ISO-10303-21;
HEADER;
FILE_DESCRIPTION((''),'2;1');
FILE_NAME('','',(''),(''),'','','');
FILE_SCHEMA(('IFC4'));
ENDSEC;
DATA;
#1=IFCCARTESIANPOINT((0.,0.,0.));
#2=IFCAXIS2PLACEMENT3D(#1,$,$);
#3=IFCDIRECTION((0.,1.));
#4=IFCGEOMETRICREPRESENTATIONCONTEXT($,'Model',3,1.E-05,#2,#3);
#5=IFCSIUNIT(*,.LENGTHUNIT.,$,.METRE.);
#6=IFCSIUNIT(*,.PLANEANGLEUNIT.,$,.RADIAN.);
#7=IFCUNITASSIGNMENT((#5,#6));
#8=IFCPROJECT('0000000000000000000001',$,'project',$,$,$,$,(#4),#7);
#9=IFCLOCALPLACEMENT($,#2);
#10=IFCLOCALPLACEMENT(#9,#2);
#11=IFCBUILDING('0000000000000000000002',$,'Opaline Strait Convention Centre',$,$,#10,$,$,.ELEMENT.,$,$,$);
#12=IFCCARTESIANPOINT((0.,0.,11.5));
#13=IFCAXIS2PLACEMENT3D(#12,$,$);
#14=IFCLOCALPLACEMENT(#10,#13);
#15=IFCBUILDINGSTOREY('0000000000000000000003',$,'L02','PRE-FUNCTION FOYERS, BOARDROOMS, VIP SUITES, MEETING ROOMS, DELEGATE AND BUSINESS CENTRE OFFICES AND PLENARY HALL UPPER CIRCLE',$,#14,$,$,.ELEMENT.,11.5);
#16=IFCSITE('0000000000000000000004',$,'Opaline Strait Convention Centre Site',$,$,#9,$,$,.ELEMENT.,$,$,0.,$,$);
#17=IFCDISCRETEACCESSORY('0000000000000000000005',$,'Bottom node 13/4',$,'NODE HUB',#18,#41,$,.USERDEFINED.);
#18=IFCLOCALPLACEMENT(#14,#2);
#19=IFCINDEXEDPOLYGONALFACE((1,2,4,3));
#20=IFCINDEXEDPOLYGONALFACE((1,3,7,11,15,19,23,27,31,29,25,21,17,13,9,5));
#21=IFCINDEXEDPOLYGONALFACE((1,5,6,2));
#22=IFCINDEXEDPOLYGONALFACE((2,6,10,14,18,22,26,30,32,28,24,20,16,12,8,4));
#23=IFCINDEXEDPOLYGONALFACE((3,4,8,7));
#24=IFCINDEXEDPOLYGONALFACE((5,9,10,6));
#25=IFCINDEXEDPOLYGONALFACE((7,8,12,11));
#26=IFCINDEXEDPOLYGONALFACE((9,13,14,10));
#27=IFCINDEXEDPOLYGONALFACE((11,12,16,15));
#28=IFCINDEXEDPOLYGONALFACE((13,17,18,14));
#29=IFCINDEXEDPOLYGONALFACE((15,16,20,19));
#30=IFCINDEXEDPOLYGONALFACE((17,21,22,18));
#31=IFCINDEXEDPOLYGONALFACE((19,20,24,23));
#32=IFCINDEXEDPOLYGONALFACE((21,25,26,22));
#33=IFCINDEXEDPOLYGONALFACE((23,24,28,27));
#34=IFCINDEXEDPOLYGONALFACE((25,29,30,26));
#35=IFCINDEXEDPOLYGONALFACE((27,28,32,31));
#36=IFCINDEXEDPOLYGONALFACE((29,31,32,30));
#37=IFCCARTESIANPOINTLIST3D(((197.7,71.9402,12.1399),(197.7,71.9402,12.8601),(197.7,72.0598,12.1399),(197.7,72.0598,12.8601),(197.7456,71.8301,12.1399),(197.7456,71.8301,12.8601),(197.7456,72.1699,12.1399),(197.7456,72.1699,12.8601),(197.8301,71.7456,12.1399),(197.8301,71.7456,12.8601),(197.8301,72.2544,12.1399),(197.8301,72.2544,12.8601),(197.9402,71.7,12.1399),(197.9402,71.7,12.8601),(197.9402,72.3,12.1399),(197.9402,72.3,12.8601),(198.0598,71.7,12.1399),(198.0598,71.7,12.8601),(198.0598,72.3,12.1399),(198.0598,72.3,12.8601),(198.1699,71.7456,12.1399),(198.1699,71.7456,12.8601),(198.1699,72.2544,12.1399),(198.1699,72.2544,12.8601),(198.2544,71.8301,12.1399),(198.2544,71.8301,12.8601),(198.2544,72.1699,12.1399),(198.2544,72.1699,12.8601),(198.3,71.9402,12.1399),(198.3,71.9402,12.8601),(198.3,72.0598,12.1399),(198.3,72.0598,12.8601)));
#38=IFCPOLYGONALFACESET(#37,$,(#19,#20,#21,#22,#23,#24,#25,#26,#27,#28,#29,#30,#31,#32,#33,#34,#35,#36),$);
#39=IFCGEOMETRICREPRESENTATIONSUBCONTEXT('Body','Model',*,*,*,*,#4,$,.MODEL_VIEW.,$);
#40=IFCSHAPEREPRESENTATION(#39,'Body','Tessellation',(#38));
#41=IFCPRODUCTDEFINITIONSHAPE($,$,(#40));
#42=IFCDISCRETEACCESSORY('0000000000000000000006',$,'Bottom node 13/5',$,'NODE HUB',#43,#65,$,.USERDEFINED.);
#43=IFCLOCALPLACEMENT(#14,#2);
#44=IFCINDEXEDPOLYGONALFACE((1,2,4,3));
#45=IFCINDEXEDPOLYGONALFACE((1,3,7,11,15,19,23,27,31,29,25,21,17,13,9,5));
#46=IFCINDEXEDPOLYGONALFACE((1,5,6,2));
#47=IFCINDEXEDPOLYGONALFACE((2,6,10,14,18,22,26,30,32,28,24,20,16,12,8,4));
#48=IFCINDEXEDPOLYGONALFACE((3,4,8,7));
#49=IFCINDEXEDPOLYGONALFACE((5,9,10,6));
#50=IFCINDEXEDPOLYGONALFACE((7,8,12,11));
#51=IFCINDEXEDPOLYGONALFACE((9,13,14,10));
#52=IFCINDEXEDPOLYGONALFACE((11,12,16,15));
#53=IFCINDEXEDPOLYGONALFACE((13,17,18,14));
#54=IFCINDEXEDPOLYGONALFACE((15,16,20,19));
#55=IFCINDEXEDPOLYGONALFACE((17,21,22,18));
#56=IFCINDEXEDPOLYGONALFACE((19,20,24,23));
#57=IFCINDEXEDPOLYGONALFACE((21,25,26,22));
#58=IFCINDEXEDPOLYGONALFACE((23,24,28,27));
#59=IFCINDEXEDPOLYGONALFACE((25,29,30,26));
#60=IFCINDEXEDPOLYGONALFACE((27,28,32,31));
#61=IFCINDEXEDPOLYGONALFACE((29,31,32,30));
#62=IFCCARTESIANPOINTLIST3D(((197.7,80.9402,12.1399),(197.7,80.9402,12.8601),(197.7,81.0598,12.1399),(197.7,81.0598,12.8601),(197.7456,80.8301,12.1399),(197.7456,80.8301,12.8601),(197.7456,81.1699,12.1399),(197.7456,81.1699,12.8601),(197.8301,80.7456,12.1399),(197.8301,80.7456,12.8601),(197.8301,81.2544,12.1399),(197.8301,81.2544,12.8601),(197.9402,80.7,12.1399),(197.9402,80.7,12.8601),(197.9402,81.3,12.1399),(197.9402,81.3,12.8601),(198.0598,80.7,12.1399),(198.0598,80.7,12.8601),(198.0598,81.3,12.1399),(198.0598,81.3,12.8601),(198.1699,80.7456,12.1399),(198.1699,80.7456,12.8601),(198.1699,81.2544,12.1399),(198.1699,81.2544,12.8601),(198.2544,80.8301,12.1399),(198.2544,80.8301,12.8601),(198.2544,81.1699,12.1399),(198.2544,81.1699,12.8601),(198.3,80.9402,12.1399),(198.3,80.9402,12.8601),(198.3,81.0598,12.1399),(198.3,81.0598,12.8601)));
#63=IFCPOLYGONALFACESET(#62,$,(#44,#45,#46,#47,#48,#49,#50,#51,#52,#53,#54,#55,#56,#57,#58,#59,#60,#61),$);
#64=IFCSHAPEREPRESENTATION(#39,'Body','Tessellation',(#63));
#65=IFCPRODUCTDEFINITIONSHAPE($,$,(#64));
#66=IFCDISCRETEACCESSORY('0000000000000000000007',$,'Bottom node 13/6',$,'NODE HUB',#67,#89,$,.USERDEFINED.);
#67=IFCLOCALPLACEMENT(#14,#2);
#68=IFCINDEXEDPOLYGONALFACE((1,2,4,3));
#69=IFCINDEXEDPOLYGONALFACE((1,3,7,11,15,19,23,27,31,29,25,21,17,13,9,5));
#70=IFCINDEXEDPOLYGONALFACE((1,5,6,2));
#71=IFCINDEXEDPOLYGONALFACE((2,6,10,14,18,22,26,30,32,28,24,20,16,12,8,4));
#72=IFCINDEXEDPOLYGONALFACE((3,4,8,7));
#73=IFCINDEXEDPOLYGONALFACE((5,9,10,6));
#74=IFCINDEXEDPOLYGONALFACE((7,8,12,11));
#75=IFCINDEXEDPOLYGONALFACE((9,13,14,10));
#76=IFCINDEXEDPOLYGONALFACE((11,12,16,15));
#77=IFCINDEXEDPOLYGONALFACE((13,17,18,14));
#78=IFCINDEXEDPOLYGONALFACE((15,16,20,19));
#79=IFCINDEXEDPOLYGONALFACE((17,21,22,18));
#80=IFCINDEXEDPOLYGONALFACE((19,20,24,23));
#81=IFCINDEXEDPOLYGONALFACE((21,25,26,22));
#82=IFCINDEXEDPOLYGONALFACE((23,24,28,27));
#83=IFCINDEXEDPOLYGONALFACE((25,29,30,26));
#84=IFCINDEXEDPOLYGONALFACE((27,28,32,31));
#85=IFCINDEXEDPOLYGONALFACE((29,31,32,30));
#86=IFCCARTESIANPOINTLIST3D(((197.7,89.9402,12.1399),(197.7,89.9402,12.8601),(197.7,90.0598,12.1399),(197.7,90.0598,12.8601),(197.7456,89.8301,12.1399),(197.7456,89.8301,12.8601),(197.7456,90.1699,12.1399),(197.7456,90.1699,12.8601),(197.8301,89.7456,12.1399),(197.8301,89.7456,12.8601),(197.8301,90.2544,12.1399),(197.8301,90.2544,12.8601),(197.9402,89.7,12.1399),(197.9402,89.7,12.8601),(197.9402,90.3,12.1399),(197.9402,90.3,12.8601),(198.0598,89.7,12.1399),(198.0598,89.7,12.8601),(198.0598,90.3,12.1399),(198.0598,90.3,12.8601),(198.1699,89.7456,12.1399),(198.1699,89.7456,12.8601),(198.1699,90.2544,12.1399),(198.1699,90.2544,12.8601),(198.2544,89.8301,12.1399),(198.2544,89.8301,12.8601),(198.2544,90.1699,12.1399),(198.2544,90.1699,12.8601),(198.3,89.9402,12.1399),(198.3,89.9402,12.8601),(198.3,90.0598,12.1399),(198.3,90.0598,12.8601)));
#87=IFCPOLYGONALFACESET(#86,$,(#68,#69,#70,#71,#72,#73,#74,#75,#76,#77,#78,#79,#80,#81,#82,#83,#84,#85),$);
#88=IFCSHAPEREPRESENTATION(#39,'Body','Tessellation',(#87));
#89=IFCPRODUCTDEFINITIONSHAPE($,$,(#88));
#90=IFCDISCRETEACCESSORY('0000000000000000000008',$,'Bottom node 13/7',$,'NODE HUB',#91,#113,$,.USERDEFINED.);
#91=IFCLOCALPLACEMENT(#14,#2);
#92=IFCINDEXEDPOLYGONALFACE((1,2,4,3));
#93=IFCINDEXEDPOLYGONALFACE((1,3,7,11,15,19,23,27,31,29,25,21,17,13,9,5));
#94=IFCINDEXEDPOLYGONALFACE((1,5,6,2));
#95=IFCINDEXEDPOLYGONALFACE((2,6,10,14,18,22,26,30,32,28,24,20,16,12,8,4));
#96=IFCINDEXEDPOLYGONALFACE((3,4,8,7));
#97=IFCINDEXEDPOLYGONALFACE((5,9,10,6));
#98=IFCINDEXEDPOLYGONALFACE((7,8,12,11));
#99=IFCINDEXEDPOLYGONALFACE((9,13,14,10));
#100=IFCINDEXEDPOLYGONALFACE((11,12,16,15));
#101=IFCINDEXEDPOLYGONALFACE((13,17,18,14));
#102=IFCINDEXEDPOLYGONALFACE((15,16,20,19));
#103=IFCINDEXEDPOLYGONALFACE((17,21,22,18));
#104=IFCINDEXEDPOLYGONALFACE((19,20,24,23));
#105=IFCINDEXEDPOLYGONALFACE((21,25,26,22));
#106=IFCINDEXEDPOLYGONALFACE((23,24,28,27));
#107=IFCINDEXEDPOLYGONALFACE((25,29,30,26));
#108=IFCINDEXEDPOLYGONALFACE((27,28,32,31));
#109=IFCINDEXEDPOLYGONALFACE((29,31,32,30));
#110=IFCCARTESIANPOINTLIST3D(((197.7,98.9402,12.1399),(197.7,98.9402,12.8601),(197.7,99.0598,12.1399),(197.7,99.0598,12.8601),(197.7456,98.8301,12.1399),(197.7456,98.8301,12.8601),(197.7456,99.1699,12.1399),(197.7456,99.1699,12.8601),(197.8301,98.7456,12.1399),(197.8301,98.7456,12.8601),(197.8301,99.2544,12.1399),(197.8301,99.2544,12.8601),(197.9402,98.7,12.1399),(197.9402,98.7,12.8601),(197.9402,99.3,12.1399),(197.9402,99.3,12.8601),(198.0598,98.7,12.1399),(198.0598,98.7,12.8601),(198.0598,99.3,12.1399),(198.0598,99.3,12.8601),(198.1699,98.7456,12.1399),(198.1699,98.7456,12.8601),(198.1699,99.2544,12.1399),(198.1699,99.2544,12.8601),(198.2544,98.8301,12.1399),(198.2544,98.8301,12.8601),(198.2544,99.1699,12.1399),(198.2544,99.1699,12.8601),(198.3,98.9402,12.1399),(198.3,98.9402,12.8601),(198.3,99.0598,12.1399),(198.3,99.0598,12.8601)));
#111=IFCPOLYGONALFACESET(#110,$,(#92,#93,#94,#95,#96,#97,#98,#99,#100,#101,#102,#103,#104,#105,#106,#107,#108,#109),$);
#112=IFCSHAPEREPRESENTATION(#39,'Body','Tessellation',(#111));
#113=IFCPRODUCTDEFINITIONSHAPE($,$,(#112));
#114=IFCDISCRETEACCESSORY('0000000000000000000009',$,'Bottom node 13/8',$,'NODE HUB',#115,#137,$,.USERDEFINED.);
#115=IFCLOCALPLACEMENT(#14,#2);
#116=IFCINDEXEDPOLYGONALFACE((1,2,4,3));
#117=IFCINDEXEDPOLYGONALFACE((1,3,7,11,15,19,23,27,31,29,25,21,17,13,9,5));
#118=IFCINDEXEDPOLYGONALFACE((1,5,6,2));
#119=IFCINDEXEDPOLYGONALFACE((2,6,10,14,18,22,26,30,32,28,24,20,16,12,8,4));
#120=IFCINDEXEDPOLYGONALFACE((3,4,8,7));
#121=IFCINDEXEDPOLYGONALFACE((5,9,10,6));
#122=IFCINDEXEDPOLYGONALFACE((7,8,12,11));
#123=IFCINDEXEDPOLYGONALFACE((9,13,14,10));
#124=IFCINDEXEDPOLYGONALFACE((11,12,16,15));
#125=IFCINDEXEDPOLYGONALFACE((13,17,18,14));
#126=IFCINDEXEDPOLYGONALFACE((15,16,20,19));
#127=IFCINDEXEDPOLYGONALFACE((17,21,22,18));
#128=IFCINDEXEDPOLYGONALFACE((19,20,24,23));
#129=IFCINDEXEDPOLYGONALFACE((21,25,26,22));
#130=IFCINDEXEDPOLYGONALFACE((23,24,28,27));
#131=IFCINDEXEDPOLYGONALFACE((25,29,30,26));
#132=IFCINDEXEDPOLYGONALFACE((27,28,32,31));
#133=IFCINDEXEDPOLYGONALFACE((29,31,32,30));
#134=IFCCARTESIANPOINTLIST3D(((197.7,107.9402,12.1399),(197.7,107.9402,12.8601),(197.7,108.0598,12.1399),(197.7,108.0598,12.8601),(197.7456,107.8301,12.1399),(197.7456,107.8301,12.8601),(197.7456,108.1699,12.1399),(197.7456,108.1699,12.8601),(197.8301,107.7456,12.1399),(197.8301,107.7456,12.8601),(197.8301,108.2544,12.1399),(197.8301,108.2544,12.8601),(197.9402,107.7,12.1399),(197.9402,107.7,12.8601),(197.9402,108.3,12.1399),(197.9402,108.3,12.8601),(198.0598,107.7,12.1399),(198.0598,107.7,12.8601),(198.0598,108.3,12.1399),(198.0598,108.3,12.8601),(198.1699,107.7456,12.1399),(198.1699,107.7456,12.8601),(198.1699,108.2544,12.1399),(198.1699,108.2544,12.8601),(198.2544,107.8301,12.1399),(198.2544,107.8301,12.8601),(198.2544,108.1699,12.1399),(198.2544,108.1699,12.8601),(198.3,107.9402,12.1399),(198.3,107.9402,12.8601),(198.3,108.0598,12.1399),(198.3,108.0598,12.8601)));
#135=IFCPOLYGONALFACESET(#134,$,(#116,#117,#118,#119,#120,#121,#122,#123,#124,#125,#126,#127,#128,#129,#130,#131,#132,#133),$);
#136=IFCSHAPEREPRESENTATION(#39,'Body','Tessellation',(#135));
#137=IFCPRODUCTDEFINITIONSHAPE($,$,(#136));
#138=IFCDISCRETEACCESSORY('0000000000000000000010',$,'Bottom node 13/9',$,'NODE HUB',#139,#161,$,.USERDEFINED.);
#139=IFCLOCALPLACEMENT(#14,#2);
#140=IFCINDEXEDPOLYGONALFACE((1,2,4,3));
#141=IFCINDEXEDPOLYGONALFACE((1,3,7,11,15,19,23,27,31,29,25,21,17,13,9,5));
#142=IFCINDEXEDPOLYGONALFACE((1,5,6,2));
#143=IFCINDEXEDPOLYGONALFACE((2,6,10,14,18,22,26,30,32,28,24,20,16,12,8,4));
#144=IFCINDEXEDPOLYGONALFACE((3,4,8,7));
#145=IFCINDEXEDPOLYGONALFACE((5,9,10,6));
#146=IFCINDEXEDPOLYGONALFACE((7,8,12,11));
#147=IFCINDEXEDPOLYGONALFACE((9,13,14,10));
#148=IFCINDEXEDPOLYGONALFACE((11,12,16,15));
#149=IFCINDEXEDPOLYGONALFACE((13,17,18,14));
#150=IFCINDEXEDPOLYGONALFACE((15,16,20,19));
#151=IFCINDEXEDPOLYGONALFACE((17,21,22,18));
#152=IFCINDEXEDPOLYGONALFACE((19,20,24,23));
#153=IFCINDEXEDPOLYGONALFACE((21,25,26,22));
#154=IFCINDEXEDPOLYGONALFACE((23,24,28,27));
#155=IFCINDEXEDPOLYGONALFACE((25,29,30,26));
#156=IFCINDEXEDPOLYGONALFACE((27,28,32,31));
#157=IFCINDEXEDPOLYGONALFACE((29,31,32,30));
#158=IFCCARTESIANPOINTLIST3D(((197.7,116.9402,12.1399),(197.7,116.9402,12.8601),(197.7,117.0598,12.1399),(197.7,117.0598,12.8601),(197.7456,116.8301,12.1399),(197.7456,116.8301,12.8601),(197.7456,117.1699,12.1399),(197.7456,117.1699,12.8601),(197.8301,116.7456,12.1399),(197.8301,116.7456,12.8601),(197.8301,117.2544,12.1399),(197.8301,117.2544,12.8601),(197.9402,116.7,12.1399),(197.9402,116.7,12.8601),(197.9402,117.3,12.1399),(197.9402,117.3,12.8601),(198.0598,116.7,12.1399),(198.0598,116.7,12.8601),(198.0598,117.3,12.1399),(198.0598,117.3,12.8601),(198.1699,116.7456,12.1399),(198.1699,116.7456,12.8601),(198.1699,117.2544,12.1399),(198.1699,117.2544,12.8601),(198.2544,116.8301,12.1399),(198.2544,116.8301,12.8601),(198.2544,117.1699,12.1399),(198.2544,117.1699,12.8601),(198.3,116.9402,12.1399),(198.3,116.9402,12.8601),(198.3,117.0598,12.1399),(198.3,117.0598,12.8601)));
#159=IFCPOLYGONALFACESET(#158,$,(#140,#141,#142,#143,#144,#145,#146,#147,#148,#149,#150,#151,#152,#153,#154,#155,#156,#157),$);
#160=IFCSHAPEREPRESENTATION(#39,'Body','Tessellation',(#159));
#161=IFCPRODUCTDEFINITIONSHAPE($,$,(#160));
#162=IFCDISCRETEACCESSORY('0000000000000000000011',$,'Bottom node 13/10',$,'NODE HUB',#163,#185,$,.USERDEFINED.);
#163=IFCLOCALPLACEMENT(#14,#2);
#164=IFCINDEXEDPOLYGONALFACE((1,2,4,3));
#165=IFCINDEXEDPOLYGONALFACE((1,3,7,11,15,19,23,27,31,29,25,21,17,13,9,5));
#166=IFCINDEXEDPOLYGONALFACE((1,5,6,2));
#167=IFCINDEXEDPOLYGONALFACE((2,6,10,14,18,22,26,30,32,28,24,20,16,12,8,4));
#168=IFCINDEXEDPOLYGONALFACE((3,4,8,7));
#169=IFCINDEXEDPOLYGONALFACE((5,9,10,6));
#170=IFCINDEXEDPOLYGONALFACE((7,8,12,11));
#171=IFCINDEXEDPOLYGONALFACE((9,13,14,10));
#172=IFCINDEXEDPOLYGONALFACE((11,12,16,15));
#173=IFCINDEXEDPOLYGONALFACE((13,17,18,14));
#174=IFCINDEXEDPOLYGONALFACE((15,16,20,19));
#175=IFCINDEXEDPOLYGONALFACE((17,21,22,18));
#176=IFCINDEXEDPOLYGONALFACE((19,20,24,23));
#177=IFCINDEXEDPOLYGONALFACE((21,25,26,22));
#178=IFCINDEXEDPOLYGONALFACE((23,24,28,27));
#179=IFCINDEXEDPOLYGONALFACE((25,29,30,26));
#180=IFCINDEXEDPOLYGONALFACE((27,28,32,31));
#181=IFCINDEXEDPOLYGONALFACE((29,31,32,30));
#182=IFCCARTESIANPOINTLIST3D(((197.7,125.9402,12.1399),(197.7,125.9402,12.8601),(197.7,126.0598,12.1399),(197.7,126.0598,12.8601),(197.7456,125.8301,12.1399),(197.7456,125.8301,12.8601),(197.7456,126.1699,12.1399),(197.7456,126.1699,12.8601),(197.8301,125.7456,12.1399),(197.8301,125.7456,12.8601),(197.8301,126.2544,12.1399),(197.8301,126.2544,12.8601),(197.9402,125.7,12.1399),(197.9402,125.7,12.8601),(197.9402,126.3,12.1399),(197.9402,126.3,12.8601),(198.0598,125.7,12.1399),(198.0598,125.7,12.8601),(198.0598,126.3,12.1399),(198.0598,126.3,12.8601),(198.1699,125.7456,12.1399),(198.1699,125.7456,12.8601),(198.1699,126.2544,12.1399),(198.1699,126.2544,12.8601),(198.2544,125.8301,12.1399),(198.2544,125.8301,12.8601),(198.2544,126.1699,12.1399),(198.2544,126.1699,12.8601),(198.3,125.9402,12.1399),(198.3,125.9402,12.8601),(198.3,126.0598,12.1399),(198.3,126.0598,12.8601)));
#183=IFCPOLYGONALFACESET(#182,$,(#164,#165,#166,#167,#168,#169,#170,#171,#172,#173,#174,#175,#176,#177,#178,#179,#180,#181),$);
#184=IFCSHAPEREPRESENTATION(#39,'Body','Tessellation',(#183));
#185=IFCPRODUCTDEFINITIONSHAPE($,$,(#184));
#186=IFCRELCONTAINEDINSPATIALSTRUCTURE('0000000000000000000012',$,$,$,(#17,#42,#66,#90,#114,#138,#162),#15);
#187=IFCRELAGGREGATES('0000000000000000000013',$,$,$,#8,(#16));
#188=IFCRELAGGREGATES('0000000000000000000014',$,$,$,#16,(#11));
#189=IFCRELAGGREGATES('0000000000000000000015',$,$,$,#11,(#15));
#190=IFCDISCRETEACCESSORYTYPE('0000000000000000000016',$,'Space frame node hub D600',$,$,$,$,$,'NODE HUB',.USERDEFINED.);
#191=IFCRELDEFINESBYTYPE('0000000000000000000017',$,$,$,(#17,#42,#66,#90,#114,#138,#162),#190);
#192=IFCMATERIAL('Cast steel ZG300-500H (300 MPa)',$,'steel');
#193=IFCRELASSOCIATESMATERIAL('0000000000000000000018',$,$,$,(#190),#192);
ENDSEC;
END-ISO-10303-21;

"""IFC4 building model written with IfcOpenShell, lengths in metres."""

from ifc_helpers import new_model, si_unit, direction, frame, origin, place, context, subcontext, project, spatial, polyline, outline, extrude, material, type_object, element, save


model = new_model("IFC4")

# Units and contexts
model_context = context("Model", 3, precision=1e-05, world=origin(), true_north=direction((0.0, 1.0)))
body_context = subcontext(model_context, "Body", "Model", "MODEL_VIEW")
ifc_project = project(units=[si_unit("LENGTHUNIT", "METRE"), si_unit("PLANEANGLEUNIT", "RADIAN")], contexts=[model_context])

# Site, building, storey
site_placement = place(None, origin())
site = spatial("IfcSite", under=ifc_project, at=site_placement, Name="Opaline Strait Convention Centre Site", CompositionType="ELEMENT", RefElevation=0.0)
building_placement = place(site_placement, origin())
building = spatial("IfcBuilding", under=site, at=building_placement, Name="Opaline Strait Convention Centre", CompositionType="ELEMENT")
storey_placement = place(building_placement, frame((0.0, 0.0, 11.5)))
storey = spatial("IfcBuildingStorey", under=building, at=storey_placement, Name="L02", Description="PRE-FUNCTION FOYERS, BOARDROOMS, VIP SUITES, MEETING ROOMS, DELEGATE AND BUSINESS CENTRE OFFICES AND PLENARY HALL UPPER CIRCLE", CompositionType="ELEMENT", Elevation=11.5)

# Discrete accessories
ifc_material = material(Name="Cast steel ZG300-500H (300 MPa)", Category="steel")
discrete_accessory_type_1 = type_object("IfcDiscreteAccessoryType", Name="Space frame node hub D600", ElementType="NODE HUB", PredefinedType="USERDEFINED", material=ifc_material)
discrete_accessory_1_placement = place(storey_placement, frame((0.0, 0.0, 12.1399)))
element("IfcDiscreteAccessory", 1, at=discrete_accessory_1_placement, inside=storey, type_object=discrete_accessory_type_1, Name="Bottom node 13/4", ObjectType="NODE HUB", PredefinedType="USERDEFINED", context=body_context, shape_type="SweptSolid", body=[
    extrude(outline(polyline([(198.3, 72.0598), (198.2544, 72.1699), (198.1699, 72.2544), (198.0598, 72.3), (197.9402, 72.3), (197.8301, 72.2544), (197.7456, 72.1699), (197.7, 72.0598), (197.7, 71.9402), (197.7456, 71.8301), (197.8301, 71.7456), (197.9402, 71.7), (198.0598, 71.7), (198.1699, 71.7456), (198.2544, 71.8301), (198.3, 71.9402), (198.3, 72.0598)])), origin(), (0.0, 0.0, 1.0), 0.7202),
])
discrete_accessory_2_placement = place(storey_placement, frame((0.0, 0.0, 12.1399)))
element("IfcDiscreteAccessory", 2, at=discrete_accessory_2_placement, inside=storey, type_object=discrete_accessory_type_1, Name="Bottom node 13/5", ObjectType="NODE HUB", PredefinedType="USERDEFINED", context=body_context, shape_type="SweptSolid", body=[
    extrude(outline(polyline([(198.3, 81.0598), (198.2544, 81.1699), (198.1699, 81.2544), (198.0598, 81.3), (197.9402, 81.3), (197.8301, 81.2544), (197.7456, 81.1699), (197.7, 81.0598), (197.7, 80.9402), (197.7456, 80.8301), (197.8301, 80.7456), (197.9402, 80.7), (198.0598, 80.7), (198.1699, 80.7456), (198.2544, 80.8301), (198.3, 80.9402), (198.3, 81.0598)])), origin(), (0.0, 0.0, 1.0), 0.7202),
])
discrete_accessory_3_placement = place(storey_placement, frame((0.0, 0.0, 12.1399)))
element("IfcDiscreteAccessory", 3, at=discrete_accessory_3_placement, inside=storey, type_object=discrete_accessory_type_1, Name="Bottom node 13/6", ObjectType="NODE HUB", PredefinedType="USERDEFINED", context=body_context, shape_type="SweptSolid", body=[
    extrude(outline(polyline([(198.3, 90.0598), (198.2544, 90.1699), (198.1699, 90.2544), (198.0598, 90.3), (197.9402, 90.3), (197.8301, 90.2544), (197.7456, 90.1699), (197.7, 90.0598), (197.7, 89.9402), (197.7456, 89.8301), (197.8301, 89.7456), (197.9402, 89.7), (198.0598, 89.7), (198.1699, 89.7456), (198.2544, 89.8301), (198.3, 89.9402), (198.3, 90.0598)])), origin(), (0.0, 0.0, 1.0), 0.7202),
])
discrete_accessory_4_placement = place(storey_placement, frame((0.0, 0.0, 12.1399)))
element("IfcDiscreteAccessory", 4, at=discrete_accessory_4_placement, inside=storey, type_object=discrete_accessory_type_1, Name="Bottom node 13/7", ObjectType="NODE HUB", PredefinedType="USERDEFINED", context=body_context, shape_type="SweptSolid", body=[
    extrude(outline(polyline([(198.3, 99.0598), (198.2544, 99.1699), (198.1699, 99.2544), (198.0598, 99.3), (197.9402, 99.3), (197.8301, 99.2544), (197.7456, 99.1699), (197.7, 99.0598), (197.7, 98.9402), (197.7456, 98.8301), (197.8301, 98.7456), (197.9402, 98.7), (198.0598, 98.7), (198.1699, 98.7456), (198.2544, 98.8301), (198.3, 98.9402), (198.3, 99.0598)])), origin(), (0.0, 0.0, 1.0), 0.7202),
])
discrete_accessory_5_placement = place(storey_placement, frame((0.0, 0.0, 12.1399)))
element("IfcDiscreteAccessory", 5, at=discrete_accessory_5_placement, inside=storey, type_object=discrete_accessory_type_1, Name="Bottom node 13/8", ObjectType="NODE HUB", PredefinedType="USERDEFINED", context=body_context, shape_type="SweptSolid", body=[
    extrude(outline(polyline([(198.3, 108.0598), (198.2544, 108.1699), (198.1699, 108.2544), (198.0598, 108.3), (197.9402, 108.3), (197.8301, 108.2544), (197.7456, 108.1699), (197.7, 108.0598), (197.7, 107.9402), (197.7456, 107.8301), (197.8301, 107.7456), (197.9402, 107.7), (198.0598, 107.7), (198.1699, 107.7456), (198.2544, 107.8301), (198.3, 107.9402), (198.3, 108.0598)])), origin(), (0.0, 0.0, 1.0), 0.7202),
])
discrete_accessory_6_placement = place(storey_placement, frame((0.0, 0.0, 12.1399)))
element("IfcDiscreteAccessory", 6, at=discrete_accessory_6_placement, inside=storey, type_object=discrete_accessory_type_1, Name="Bottom node 13/9", ObjectType="NODE HUB", PredefinedType="USERDEFINED", context=body_context, shape_type="SweptSolid", body=[
    extrude(outline(polyline([(198.3, 117.0598), (198.2544, 117.1699), (198.1699, 117.2544), (198.0598, 117.3), (197.9402, 117.3), (197.8301, 117.2544), (197.7456, 117.1699), (197.7, 117.0598), (197.7, 116.9402), (197.7456, 116.8301), (197.8301, 116.7456), (197.9402, 116.7), (198.0598, 116.7), (198.1699, 116.7456), (198.2544, 116.8301), (198.3, 116.9402), (198.3, 117.0598)])), origin(), (0.0, 0.0, 1.0), 0.7202),
])
discrete_accessory_7_placement = place(storey_placement, frame((0.0, 0.0, 12.1399)))
element("IfcDiscreteAccessory", 7, at=discrete_accessory_7_placement, inside=storey, type_object=discrete_accessory_type_1, Name="Bottom node 13/10", ObjectType="NODE HUB", PredefinedType="USERDEFINED", context=body_context, shape_type="SweptSolid", body=[
    extrude(outline(polyline([(198.3, 126.0598), (198.2544, 126.1699), (198.1699, 126.2544), (198.0598, 126.3), (197.9402, 126.3), (197.8301, 126.2544), (197.7456, 126.1699), (197.7, 126.0598), (197.7, 125.9402), (197.7456, 125.8301), (197.8301, 125.7456), (197.9402, 125.7), (198.0598, 125.7), (198.1699, 125.7456), (198.2544, 125.8301), (198.3, 125.9402), (198.3, 126.0598)])), origin(), (0.0, 0.0, 1.0), 0.7202),
])

save(model, "model.ifc")
